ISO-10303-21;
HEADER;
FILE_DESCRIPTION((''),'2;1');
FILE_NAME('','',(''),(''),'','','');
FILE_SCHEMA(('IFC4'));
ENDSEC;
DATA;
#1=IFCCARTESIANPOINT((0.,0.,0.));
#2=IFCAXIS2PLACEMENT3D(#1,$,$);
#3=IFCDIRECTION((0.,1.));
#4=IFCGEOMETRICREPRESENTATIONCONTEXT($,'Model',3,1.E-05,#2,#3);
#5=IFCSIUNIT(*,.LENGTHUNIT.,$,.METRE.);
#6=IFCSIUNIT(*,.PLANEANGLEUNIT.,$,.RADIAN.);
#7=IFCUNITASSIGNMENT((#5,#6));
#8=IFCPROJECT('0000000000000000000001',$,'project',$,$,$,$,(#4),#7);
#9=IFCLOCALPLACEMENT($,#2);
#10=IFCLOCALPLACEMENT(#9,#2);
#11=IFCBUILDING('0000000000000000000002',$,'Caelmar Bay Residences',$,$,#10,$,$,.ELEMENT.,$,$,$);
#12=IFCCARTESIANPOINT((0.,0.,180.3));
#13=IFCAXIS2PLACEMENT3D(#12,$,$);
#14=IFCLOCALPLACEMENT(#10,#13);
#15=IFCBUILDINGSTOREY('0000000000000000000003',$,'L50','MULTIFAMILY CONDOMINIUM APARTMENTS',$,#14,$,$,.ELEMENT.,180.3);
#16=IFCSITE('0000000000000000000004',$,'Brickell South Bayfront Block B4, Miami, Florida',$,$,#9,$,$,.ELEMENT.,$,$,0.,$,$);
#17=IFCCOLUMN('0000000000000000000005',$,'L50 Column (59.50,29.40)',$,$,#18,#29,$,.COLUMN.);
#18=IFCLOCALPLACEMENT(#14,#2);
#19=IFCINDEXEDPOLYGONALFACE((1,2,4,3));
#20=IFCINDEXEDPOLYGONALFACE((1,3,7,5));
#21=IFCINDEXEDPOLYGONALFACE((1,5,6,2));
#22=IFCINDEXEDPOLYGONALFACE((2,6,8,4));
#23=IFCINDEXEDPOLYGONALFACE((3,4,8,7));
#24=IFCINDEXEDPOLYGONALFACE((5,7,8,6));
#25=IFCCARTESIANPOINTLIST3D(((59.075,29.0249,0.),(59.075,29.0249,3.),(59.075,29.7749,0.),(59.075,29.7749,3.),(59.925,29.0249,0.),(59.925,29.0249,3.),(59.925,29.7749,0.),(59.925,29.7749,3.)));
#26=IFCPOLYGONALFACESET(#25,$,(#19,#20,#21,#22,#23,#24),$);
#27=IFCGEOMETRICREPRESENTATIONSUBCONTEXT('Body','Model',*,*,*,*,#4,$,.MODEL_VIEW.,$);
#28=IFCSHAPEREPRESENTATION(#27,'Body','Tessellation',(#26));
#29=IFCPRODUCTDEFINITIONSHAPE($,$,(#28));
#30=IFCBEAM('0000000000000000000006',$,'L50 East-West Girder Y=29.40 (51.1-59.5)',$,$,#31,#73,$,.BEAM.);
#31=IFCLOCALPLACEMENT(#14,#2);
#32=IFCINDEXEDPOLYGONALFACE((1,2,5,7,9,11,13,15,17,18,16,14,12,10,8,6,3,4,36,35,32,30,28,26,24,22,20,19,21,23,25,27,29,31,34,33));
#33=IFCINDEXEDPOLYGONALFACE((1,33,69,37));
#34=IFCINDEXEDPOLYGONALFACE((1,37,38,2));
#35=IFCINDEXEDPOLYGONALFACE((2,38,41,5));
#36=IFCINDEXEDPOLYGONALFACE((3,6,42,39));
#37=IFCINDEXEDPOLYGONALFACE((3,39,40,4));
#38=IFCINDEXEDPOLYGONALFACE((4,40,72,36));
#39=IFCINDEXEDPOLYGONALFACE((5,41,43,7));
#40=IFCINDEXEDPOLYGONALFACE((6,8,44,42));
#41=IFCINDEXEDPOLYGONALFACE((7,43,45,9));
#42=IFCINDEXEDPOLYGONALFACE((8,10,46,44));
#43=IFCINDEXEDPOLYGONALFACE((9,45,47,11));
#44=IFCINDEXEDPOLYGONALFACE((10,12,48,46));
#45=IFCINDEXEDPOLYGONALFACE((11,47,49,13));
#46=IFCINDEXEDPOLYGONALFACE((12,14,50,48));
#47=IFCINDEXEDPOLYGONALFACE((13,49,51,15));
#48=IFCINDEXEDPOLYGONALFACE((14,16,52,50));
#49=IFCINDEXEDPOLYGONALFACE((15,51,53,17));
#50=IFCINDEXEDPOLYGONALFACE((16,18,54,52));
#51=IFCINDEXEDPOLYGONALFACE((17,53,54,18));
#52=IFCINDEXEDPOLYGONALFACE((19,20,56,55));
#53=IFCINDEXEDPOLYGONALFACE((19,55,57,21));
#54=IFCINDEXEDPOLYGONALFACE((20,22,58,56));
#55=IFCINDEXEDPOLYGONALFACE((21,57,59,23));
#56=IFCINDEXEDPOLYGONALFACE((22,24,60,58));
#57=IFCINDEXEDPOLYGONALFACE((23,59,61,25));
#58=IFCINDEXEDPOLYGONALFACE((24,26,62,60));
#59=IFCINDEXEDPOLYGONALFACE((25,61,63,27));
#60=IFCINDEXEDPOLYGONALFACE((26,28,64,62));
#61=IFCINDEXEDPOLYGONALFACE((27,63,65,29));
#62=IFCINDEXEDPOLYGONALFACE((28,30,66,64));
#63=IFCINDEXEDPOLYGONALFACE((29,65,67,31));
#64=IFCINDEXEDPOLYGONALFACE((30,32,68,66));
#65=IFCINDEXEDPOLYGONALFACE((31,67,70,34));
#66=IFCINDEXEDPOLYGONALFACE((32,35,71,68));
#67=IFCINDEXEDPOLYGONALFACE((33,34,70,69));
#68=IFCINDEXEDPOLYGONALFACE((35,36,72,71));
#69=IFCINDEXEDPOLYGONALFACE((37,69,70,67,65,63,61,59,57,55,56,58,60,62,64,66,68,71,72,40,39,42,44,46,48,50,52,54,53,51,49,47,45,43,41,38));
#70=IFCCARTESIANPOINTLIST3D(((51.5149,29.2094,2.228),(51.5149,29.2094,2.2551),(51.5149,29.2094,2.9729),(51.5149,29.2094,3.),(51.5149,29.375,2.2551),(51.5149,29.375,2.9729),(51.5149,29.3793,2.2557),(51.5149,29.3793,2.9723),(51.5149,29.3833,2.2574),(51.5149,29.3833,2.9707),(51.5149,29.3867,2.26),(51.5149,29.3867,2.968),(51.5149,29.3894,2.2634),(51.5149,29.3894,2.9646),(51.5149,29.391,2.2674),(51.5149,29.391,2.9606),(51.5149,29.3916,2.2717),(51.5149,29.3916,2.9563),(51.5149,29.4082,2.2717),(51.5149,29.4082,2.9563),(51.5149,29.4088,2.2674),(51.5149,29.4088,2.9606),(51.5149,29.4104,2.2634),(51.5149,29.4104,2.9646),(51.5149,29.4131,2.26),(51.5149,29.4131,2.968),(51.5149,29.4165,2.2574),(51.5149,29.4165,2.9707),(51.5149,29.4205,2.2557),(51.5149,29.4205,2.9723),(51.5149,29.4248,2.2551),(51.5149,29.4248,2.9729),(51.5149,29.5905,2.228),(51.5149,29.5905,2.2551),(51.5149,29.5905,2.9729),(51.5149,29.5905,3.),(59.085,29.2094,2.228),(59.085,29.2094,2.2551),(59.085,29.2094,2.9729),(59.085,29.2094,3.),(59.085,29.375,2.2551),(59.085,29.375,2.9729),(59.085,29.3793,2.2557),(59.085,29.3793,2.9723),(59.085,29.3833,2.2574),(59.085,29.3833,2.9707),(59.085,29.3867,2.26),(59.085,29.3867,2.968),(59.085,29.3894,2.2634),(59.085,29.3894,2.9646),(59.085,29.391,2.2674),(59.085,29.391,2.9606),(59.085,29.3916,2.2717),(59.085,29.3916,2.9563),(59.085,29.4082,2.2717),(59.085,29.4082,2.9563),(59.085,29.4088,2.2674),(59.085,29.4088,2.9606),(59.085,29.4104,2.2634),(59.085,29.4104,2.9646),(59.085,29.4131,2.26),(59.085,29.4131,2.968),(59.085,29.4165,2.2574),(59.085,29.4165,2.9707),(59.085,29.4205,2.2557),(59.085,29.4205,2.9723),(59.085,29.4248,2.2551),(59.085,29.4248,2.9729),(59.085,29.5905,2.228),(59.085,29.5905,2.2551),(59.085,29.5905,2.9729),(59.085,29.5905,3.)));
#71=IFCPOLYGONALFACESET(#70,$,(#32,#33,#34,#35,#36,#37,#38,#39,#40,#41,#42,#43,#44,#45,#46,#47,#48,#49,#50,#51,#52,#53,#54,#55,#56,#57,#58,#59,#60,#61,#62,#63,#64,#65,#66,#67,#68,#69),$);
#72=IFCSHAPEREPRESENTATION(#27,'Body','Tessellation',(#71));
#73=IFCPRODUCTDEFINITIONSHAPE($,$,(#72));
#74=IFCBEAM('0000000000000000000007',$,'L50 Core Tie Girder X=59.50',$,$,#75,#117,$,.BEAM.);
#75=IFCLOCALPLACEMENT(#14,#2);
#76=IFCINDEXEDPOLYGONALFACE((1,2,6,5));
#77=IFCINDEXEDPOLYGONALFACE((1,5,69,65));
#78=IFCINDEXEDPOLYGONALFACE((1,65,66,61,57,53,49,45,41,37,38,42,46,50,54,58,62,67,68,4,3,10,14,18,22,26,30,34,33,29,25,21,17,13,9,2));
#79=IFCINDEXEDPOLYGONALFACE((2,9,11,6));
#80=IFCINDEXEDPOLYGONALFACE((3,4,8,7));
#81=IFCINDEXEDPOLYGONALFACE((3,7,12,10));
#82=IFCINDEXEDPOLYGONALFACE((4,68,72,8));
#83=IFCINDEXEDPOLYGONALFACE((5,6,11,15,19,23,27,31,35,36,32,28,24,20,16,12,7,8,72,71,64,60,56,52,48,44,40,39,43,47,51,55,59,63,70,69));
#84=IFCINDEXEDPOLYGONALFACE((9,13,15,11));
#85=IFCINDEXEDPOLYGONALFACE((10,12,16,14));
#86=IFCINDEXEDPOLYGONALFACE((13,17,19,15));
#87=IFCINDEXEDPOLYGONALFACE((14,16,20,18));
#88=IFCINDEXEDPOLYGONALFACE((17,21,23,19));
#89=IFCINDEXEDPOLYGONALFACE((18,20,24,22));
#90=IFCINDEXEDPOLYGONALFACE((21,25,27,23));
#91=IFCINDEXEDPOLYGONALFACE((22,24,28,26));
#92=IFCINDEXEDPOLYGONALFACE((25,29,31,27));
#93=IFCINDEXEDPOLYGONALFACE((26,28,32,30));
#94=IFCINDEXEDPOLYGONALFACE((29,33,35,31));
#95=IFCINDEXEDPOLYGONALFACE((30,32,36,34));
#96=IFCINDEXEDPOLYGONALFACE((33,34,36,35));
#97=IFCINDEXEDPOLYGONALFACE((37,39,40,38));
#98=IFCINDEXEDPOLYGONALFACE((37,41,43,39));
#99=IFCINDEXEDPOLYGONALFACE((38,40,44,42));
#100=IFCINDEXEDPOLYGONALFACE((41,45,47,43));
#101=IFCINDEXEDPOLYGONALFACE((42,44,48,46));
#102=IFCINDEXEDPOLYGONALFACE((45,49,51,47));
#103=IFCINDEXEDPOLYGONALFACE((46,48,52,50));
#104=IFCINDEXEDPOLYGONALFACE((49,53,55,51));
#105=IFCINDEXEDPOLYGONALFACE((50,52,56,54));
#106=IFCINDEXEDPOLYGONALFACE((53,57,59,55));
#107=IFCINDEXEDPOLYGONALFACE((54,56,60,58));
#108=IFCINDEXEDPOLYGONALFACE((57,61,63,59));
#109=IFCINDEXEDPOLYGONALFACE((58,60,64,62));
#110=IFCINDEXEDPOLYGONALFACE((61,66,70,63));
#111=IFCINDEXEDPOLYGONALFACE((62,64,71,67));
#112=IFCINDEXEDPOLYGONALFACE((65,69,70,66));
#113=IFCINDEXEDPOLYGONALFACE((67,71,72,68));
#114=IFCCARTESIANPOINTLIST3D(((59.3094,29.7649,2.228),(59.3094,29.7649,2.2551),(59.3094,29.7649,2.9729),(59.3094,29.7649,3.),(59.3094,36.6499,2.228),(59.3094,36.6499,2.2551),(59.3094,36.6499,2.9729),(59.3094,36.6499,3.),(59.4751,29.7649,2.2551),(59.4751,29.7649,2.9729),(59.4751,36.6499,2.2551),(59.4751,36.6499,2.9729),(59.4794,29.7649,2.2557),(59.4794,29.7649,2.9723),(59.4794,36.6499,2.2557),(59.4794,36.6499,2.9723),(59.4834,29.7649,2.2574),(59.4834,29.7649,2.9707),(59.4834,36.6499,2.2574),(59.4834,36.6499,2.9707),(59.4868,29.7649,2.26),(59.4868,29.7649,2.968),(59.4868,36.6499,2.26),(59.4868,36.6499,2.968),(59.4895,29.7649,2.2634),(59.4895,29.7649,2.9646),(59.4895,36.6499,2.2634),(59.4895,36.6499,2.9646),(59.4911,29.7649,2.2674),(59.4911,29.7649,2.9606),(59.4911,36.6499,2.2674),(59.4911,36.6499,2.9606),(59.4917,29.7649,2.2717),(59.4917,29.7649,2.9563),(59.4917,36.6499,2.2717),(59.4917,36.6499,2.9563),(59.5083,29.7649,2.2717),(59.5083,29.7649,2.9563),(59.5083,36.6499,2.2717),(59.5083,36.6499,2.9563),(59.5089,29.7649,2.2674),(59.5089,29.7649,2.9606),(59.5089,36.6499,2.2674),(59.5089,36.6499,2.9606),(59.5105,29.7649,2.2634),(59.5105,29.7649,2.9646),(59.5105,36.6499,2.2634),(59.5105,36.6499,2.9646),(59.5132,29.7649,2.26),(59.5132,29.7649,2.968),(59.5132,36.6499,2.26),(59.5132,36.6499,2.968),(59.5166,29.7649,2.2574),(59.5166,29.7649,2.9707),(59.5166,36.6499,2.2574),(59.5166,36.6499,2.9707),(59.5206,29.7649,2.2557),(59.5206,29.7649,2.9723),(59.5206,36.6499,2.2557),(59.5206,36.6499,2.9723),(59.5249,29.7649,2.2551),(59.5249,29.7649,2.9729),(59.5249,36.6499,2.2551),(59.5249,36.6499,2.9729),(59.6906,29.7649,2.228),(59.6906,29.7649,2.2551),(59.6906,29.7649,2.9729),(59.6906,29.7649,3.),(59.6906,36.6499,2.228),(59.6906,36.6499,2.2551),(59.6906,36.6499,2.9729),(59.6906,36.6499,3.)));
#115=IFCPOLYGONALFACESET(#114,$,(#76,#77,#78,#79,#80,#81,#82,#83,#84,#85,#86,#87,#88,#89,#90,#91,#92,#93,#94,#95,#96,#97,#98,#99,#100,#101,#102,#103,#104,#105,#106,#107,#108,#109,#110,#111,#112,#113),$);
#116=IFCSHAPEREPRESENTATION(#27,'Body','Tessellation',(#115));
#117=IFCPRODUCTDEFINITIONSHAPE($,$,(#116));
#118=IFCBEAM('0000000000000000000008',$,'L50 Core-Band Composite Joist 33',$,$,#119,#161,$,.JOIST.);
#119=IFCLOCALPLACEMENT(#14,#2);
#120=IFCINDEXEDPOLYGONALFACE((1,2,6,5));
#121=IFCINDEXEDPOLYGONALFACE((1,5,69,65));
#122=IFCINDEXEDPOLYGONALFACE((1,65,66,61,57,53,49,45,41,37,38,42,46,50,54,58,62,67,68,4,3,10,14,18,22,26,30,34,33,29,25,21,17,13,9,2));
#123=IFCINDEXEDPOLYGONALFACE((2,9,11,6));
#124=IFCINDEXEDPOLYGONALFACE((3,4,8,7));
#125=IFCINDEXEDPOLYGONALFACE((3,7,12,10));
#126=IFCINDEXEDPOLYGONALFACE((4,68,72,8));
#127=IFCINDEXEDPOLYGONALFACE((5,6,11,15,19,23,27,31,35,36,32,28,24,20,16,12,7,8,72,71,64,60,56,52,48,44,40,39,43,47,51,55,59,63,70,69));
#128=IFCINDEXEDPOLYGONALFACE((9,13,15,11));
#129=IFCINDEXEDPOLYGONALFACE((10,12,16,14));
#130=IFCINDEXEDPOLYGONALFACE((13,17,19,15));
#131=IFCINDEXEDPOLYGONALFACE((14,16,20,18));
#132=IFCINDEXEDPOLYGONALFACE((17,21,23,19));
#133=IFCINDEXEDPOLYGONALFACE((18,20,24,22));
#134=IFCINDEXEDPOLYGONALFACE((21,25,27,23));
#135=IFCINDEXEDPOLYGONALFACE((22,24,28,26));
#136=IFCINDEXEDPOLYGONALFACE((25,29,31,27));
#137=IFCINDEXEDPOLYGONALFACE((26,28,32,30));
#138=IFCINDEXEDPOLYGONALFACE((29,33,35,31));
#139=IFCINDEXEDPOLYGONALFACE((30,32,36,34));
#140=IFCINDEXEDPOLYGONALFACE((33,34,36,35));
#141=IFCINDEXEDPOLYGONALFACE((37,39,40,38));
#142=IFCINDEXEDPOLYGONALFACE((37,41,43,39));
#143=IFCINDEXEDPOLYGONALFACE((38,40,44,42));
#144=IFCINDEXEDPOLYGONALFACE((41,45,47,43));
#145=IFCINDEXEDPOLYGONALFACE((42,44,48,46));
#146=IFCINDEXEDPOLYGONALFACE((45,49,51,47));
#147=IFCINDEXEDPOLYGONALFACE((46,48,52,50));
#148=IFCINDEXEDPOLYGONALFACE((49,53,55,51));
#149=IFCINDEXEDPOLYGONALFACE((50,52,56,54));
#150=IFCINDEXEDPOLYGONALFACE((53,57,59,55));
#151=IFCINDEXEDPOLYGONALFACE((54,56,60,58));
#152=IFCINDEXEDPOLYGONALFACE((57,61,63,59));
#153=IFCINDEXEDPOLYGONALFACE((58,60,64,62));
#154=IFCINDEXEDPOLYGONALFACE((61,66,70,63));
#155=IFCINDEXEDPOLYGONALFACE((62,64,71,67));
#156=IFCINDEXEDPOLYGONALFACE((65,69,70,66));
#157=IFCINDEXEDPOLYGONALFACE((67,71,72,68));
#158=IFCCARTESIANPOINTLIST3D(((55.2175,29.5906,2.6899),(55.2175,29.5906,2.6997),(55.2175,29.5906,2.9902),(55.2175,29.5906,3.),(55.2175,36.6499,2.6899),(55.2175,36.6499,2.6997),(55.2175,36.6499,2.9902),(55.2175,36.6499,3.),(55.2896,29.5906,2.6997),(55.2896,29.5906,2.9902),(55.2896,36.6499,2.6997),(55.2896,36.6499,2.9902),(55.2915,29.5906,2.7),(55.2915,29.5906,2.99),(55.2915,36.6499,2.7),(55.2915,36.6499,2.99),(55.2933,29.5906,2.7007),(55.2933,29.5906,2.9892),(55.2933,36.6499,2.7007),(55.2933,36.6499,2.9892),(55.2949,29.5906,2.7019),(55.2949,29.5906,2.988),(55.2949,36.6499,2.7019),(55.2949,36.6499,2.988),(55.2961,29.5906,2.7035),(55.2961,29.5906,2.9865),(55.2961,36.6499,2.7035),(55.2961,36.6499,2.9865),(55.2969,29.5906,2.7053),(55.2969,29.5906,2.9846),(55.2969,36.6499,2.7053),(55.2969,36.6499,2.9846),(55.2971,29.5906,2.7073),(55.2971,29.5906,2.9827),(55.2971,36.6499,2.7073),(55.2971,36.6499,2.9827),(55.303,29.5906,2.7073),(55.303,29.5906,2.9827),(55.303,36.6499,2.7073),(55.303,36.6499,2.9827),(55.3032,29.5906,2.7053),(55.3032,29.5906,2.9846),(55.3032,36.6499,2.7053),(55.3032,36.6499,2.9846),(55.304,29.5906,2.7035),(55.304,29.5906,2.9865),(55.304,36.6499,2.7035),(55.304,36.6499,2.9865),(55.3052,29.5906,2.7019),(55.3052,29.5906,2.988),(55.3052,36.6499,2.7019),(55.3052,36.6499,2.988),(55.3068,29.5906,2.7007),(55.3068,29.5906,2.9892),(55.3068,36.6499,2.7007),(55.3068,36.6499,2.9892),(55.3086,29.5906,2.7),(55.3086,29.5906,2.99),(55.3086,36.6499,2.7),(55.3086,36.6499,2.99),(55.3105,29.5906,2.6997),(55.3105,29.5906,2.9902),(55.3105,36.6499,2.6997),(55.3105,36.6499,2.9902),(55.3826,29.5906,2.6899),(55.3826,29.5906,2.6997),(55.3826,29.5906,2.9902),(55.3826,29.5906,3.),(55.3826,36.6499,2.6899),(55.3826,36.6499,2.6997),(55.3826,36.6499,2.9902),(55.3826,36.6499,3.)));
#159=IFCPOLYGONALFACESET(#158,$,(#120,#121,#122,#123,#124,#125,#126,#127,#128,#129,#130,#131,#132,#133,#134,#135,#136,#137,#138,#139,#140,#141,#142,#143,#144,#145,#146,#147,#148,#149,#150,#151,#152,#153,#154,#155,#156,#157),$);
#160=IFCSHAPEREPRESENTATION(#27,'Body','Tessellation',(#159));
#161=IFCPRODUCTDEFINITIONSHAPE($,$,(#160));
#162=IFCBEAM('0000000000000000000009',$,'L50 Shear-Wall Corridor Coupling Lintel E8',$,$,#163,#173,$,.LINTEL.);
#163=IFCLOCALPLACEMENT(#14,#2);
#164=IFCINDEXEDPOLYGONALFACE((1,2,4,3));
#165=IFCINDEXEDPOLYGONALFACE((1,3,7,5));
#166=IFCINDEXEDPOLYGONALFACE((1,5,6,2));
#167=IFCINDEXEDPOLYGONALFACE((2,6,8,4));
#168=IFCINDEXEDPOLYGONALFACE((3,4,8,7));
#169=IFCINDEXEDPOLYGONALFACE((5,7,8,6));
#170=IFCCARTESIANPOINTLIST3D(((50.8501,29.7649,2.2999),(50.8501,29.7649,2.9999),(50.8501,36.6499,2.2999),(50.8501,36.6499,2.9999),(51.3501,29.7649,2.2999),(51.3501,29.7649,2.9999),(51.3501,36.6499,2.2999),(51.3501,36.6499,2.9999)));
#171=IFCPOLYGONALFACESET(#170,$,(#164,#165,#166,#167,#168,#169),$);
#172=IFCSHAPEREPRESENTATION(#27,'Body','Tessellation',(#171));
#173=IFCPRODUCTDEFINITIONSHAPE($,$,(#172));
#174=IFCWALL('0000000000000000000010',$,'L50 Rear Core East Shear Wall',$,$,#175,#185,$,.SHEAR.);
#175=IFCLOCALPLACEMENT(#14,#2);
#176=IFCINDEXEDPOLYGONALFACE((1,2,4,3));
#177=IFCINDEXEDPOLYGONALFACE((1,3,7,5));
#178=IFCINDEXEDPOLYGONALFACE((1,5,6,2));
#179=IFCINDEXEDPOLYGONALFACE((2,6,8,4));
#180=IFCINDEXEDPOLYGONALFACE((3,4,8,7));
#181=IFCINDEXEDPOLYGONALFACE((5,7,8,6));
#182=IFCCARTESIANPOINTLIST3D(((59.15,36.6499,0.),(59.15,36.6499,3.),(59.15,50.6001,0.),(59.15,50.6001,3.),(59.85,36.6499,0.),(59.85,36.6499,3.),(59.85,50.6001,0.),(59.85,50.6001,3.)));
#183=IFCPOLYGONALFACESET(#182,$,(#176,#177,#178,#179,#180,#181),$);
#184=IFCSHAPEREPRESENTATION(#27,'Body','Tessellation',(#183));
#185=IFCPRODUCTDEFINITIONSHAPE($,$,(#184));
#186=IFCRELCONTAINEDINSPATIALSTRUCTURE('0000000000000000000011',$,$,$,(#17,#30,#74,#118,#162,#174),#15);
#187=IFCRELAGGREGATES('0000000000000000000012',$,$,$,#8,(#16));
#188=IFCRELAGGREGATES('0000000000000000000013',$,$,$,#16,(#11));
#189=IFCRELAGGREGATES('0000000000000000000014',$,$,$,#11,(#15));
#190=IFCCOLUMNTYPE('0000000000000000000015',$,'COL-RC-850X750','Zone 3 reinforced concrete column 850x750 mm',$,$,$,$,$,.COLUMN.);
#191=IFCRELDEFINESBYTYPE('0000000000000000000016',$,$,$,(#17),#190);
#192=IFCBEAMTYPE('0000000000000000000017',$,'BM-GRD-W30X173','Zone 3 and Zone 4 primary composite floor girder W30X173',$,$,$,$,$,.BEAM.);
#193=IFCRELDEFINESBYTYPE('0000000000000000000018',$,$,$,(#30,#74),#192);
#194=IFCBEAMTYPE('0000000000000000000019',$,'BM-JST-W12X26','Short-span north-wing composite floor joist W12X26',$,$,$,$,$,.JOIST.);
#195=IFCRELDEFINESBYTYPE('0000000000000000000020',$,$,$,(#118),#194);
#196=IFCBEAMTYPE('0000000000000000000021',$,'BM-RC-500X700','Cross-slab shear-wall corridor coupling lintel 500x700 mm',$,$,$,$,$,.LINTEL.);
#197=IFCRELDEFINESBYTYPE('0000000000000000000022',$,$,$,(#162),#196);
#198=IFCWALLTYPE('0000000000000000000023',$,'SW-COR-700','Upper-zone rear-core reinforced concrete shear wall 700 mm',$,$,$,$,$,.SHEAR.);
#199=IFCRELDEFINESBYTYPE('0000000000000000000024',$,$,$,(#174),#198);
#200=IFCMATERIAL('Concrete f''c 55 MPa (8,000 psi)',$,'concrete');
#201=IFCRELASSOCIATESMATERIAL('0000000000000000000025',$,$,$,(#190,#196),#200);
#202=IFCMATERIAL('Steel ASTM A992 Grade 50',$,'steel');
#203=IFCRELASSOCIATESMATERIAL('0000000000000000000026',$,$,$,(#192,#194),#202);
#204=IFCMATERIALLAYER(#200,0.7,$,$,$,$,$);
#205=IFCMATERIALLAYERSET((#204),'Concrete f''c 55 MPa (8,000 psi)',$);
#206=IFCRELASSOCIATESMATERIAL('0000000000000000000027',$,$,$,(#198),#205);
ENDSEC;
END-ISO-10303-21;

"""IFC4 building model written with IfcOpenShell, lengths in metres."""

from ifc_helpers import new_model, si_unit, direction, frame, frame_2d, origin, origin_2d, place, context, subcontext, project, spatial, rectangle, i_section, extrude, material, layer, layer_set, material_profile, profile_set, type_object, element, save


model = new_model("IFC4")

# Units and contexts
model_context = context("Model", 3, precision=1e-05, world=origin(), true_north=direction((0.0, 1.0)))
body_context = subcontext(model_context, "Body", "Model", "MODEL_VIEW")
ifc_project = project(units=[si_unit("LENGTHUNIT", "METRE"), si_unit("PLANEANGLEUNIT", "RADIAN")], contexts=[model_context])

# Site, building, storey
site_placement = place(None, origin())
site = spatial("IfcSite", under=ifc_project, at=site_placement, Name="Brickell South Bayfront Block B4, Miami, Florida", CompositionType="ELEMENT", RefElevation=0.0)
building_placement = place(site_placement, origin())
building = spatial("IfcBuilding", under=site, at=building_placement, Name="Caelmar Bay Residences", CompositionType="ELEMENT")
storey_placement = place(building_placement, frame((0.0, 0.0, 180.3)))
storey = spatial("IfcBuildingStorey", under=building, at=storey_placement, Name="L50", Description="MULTIFAMILY CONDOMINIUM APARTMENTS", CompositionType="ELEMENT", Elevation=180.3)

# Column
ifc_material_1 = material(Name="Concrete f'c 55 MPa (8,000 psi)", Category="concrete")
ifc_material_profile_1 = material_profile(ifc_material_1, rectangle(XDim=0.8501, YDim=0.75, at=origin_2d()), Name="RC-COL-850X750")
ifc_profile_set_1 = profile_set([ifc_material_profile_1], Name="Concrete f'c 55 MPa (8,000 psi)")
column_type = type_object("IfcColumnType", Name="COL-RC-850X750", Description="Zone 3 reinforced concrete column 850x750 mm", PredefinedType="COLUMN", material=ifc_profile_set_1)
column_placement = place(storey_placement, frame((59.5, 29.3999, 0.0), z_axis=(0.0, 0.0, 1.0), x_axis=(1.0, 0.0, 0.0)))
element("IfcColumn", 1, at=column_placement, inside=storey, type_object=column_type, Name="L50 Column (59.50,29.40)", PredefinedType="COLUMN", context=body_context, shape_type="SweptSolid", body=[
    extrude(rectangle(XDim=0.8501, YDim=0.75, at=origin_2d()), origin(), (0.0, 0.0, 1.0), 3.0),
])

# Beams
ifc_material_2 = material(Name="Steel ASTM A992 Grade 50", Category="steel")
ifc_material_profile_2 = material_profile(ifc_material_2, i_section(OverallWidth=0.3811, OverallDepth=0.772, WebThickness=0.0166, FlangeThickness=0.0271, FilletRadius=0.0166, at=origin_2d()), Name="W30X173")
ifc_profile_set_2 = profile_set([ifc_material_profile_2], Name="Steel ASTM A992 Grade 50")
beam_type_1 = type_object("IfcBeamType", Name="BM-GRD-W30X173", Description="Zone 3 and Zone 4 primary composite floor girder W30X173", PredefinedType="BEAM", material=ifc_profile_set_2)
beam_1_placement = place(storey_placement, frame((51.5149, 29.3999, 2.614), z_axis=(1.0, 0.0, 0.0), x_axis=(0.0, 1.0, 0.0)))
element("IfcBeam", 2, at=beam_1_placement, inside=storey, type_object=beam_type_1, Name="L50 East-West Girder Y=29.40 (51.1-59.5)", PredefinedType="BEAM", context=body_context, shape_type="SweptSolid", body=[
    extrude(i_section(OverallWidth=0.3811, OverallDepth=0.772, WebThickness=0.0166, FlangeThickness=0.0271, FilletRadius=0.0166, at=origin_2d()), origin(), (0.0, 0.0, 1.0), 7.5701),
])
beam_2_placement = place(storey_placement, frame((59.5, 29.7649, 2.614), z_axis=(0.0, 1.0, 0.0), x_axis=(-1.0, 0.0, 0.0)))
element("IfcBeam", 3, at=beam_2_placement, inside=storey, type_object=beam_type_1, Name="L50 Core Tie Girder X=59.50", PredefinedType="BEAM", context=body_context, shape_type="SweptSolid", body=[
    extrude(i_section(OverallWidth=0.3811, OverallDepth=0.772, WebThickness=0.0166, FlangeThickness=0.0271, FilletRadius=0.0166, at=origin_2d()), origin(), (0.0, 0.0, 1.0), 6.885),
])
ifc_material_profile_3 = material_profile(ifc_material_2, i_section(OverallWidth=0.165, OverallDepth=0.3101, WebThickness=0.0059, FlangeThickness=0.0098, FilletRadius=0.0076, at=origin_2d()), Name="W12X26")
ifc_profile_set_3 = profile_set([ifc_material_profile_3], Name="Steel ASTM A992 Grade 50")
beam_type_2 = type_object("IfcBeamType", Name="BM-JST-W12X26", Description="Short-span north-wing composite floor joist W12X26", PredefinedType="JOIST", material=ifc_profile_set_3)
beam_3_placement = place(storey_placement, frame((55.3, 29.5906, 2.845), z_axis=(0.0, 1.0, 0.0), x_axis=(-1.0, 0.0, 0.0)))
element("IfcBeam", 4, at=beam_3_placement, inside=storey, type_object=beam_type_2, Name="L50 Core-Band Composite Joist 33", PredefinedType="JOIST", context=body_context, shape_type="SweptSolid", body=[
    extrude(i_section(OverallWidth=0.165, OverallDepth=0.3101, WebThickness=0.0059, FlangeThickness=0.0098, FilletRadius=0.0076, at=origin_2d()), origin(), (0.0, 0.0, 1.0), 7.0593),
])
ifc_material_profile_4 = material_profile(ifc_material_1, rectangle(XDim=0.5, YDim=0.7, at=origin_2d()), Name="RC-BM-500X700")
ifc_profile_set_4 = profile_set([ifc_material_profile_4], Name="Concrete f'c 55 MPa (8,000 psi)")
beam_type_3 = type_object("IfcBeamType", Name="BM-RC-500X700", Description="Cross-slab shear-wall corridor coupling lintel 500x700 mm", PredefinedType="LINTEL", material=ifc_profile_set_4)
beam_4_placement = place(storey_placement, frame((51.1001, 29.7649, 2.6499), z_axis=(0.0, 1.0, 0.0), x_axis=(-1.0, 0.0, 0.0)))
element("IfcBeam", 5, at=beam_4_placement, inside=storey, type_object=beam_type_3, Name="L50 Shear-Wall Corridor Coupling Lintel E8", PredefinedType="LINTEL", context=body_context, shape_type="SweptSolid", body=[
    extrude(rectangle(XDim=0.5, YDim=0.7, at=origin_2d()), origin(), (0.0, 0.0, 1.0), 6.885),
])

# Wall
ifc_layer_1 = layer(ifc_material_1, 0.7)
ifc_layer_set_1 = layer_set([ifc_layer_1], Name="Concrete f'c 55 MPa (8,000 psi)")
wall_type_1 = type_object("IfcWallType", Name="SW-COR-700", Description="Upper-zone rear-core reinforced concrete shear wall 700 mm", PredefinedType="SHEAR", material=ifc_layer_set_1)
wall_1_placement = place(storey_placement, frame((59.5, 36.6499, 0.0), z_axis=(0.0, 0.0, 1.0), x_axis=(0.0, 1.0, 0.0)))
element("IfcWall", 6, at=wall_1_placement, inside=storey, type_object=wall_type_1, Name="L50 Rear Core East Shear Wall", PredefinedType="SHEAR", context=body_context, shape_type="SweptSolid", body=[
    extrude(rectangle(XDim=13.9502, YDim=0.7, at=frame_2d((6.9751, 0.0))), origin(), (0.0, 0.0, 1.0), 3.0),
])

save(model, "model.ifc")
